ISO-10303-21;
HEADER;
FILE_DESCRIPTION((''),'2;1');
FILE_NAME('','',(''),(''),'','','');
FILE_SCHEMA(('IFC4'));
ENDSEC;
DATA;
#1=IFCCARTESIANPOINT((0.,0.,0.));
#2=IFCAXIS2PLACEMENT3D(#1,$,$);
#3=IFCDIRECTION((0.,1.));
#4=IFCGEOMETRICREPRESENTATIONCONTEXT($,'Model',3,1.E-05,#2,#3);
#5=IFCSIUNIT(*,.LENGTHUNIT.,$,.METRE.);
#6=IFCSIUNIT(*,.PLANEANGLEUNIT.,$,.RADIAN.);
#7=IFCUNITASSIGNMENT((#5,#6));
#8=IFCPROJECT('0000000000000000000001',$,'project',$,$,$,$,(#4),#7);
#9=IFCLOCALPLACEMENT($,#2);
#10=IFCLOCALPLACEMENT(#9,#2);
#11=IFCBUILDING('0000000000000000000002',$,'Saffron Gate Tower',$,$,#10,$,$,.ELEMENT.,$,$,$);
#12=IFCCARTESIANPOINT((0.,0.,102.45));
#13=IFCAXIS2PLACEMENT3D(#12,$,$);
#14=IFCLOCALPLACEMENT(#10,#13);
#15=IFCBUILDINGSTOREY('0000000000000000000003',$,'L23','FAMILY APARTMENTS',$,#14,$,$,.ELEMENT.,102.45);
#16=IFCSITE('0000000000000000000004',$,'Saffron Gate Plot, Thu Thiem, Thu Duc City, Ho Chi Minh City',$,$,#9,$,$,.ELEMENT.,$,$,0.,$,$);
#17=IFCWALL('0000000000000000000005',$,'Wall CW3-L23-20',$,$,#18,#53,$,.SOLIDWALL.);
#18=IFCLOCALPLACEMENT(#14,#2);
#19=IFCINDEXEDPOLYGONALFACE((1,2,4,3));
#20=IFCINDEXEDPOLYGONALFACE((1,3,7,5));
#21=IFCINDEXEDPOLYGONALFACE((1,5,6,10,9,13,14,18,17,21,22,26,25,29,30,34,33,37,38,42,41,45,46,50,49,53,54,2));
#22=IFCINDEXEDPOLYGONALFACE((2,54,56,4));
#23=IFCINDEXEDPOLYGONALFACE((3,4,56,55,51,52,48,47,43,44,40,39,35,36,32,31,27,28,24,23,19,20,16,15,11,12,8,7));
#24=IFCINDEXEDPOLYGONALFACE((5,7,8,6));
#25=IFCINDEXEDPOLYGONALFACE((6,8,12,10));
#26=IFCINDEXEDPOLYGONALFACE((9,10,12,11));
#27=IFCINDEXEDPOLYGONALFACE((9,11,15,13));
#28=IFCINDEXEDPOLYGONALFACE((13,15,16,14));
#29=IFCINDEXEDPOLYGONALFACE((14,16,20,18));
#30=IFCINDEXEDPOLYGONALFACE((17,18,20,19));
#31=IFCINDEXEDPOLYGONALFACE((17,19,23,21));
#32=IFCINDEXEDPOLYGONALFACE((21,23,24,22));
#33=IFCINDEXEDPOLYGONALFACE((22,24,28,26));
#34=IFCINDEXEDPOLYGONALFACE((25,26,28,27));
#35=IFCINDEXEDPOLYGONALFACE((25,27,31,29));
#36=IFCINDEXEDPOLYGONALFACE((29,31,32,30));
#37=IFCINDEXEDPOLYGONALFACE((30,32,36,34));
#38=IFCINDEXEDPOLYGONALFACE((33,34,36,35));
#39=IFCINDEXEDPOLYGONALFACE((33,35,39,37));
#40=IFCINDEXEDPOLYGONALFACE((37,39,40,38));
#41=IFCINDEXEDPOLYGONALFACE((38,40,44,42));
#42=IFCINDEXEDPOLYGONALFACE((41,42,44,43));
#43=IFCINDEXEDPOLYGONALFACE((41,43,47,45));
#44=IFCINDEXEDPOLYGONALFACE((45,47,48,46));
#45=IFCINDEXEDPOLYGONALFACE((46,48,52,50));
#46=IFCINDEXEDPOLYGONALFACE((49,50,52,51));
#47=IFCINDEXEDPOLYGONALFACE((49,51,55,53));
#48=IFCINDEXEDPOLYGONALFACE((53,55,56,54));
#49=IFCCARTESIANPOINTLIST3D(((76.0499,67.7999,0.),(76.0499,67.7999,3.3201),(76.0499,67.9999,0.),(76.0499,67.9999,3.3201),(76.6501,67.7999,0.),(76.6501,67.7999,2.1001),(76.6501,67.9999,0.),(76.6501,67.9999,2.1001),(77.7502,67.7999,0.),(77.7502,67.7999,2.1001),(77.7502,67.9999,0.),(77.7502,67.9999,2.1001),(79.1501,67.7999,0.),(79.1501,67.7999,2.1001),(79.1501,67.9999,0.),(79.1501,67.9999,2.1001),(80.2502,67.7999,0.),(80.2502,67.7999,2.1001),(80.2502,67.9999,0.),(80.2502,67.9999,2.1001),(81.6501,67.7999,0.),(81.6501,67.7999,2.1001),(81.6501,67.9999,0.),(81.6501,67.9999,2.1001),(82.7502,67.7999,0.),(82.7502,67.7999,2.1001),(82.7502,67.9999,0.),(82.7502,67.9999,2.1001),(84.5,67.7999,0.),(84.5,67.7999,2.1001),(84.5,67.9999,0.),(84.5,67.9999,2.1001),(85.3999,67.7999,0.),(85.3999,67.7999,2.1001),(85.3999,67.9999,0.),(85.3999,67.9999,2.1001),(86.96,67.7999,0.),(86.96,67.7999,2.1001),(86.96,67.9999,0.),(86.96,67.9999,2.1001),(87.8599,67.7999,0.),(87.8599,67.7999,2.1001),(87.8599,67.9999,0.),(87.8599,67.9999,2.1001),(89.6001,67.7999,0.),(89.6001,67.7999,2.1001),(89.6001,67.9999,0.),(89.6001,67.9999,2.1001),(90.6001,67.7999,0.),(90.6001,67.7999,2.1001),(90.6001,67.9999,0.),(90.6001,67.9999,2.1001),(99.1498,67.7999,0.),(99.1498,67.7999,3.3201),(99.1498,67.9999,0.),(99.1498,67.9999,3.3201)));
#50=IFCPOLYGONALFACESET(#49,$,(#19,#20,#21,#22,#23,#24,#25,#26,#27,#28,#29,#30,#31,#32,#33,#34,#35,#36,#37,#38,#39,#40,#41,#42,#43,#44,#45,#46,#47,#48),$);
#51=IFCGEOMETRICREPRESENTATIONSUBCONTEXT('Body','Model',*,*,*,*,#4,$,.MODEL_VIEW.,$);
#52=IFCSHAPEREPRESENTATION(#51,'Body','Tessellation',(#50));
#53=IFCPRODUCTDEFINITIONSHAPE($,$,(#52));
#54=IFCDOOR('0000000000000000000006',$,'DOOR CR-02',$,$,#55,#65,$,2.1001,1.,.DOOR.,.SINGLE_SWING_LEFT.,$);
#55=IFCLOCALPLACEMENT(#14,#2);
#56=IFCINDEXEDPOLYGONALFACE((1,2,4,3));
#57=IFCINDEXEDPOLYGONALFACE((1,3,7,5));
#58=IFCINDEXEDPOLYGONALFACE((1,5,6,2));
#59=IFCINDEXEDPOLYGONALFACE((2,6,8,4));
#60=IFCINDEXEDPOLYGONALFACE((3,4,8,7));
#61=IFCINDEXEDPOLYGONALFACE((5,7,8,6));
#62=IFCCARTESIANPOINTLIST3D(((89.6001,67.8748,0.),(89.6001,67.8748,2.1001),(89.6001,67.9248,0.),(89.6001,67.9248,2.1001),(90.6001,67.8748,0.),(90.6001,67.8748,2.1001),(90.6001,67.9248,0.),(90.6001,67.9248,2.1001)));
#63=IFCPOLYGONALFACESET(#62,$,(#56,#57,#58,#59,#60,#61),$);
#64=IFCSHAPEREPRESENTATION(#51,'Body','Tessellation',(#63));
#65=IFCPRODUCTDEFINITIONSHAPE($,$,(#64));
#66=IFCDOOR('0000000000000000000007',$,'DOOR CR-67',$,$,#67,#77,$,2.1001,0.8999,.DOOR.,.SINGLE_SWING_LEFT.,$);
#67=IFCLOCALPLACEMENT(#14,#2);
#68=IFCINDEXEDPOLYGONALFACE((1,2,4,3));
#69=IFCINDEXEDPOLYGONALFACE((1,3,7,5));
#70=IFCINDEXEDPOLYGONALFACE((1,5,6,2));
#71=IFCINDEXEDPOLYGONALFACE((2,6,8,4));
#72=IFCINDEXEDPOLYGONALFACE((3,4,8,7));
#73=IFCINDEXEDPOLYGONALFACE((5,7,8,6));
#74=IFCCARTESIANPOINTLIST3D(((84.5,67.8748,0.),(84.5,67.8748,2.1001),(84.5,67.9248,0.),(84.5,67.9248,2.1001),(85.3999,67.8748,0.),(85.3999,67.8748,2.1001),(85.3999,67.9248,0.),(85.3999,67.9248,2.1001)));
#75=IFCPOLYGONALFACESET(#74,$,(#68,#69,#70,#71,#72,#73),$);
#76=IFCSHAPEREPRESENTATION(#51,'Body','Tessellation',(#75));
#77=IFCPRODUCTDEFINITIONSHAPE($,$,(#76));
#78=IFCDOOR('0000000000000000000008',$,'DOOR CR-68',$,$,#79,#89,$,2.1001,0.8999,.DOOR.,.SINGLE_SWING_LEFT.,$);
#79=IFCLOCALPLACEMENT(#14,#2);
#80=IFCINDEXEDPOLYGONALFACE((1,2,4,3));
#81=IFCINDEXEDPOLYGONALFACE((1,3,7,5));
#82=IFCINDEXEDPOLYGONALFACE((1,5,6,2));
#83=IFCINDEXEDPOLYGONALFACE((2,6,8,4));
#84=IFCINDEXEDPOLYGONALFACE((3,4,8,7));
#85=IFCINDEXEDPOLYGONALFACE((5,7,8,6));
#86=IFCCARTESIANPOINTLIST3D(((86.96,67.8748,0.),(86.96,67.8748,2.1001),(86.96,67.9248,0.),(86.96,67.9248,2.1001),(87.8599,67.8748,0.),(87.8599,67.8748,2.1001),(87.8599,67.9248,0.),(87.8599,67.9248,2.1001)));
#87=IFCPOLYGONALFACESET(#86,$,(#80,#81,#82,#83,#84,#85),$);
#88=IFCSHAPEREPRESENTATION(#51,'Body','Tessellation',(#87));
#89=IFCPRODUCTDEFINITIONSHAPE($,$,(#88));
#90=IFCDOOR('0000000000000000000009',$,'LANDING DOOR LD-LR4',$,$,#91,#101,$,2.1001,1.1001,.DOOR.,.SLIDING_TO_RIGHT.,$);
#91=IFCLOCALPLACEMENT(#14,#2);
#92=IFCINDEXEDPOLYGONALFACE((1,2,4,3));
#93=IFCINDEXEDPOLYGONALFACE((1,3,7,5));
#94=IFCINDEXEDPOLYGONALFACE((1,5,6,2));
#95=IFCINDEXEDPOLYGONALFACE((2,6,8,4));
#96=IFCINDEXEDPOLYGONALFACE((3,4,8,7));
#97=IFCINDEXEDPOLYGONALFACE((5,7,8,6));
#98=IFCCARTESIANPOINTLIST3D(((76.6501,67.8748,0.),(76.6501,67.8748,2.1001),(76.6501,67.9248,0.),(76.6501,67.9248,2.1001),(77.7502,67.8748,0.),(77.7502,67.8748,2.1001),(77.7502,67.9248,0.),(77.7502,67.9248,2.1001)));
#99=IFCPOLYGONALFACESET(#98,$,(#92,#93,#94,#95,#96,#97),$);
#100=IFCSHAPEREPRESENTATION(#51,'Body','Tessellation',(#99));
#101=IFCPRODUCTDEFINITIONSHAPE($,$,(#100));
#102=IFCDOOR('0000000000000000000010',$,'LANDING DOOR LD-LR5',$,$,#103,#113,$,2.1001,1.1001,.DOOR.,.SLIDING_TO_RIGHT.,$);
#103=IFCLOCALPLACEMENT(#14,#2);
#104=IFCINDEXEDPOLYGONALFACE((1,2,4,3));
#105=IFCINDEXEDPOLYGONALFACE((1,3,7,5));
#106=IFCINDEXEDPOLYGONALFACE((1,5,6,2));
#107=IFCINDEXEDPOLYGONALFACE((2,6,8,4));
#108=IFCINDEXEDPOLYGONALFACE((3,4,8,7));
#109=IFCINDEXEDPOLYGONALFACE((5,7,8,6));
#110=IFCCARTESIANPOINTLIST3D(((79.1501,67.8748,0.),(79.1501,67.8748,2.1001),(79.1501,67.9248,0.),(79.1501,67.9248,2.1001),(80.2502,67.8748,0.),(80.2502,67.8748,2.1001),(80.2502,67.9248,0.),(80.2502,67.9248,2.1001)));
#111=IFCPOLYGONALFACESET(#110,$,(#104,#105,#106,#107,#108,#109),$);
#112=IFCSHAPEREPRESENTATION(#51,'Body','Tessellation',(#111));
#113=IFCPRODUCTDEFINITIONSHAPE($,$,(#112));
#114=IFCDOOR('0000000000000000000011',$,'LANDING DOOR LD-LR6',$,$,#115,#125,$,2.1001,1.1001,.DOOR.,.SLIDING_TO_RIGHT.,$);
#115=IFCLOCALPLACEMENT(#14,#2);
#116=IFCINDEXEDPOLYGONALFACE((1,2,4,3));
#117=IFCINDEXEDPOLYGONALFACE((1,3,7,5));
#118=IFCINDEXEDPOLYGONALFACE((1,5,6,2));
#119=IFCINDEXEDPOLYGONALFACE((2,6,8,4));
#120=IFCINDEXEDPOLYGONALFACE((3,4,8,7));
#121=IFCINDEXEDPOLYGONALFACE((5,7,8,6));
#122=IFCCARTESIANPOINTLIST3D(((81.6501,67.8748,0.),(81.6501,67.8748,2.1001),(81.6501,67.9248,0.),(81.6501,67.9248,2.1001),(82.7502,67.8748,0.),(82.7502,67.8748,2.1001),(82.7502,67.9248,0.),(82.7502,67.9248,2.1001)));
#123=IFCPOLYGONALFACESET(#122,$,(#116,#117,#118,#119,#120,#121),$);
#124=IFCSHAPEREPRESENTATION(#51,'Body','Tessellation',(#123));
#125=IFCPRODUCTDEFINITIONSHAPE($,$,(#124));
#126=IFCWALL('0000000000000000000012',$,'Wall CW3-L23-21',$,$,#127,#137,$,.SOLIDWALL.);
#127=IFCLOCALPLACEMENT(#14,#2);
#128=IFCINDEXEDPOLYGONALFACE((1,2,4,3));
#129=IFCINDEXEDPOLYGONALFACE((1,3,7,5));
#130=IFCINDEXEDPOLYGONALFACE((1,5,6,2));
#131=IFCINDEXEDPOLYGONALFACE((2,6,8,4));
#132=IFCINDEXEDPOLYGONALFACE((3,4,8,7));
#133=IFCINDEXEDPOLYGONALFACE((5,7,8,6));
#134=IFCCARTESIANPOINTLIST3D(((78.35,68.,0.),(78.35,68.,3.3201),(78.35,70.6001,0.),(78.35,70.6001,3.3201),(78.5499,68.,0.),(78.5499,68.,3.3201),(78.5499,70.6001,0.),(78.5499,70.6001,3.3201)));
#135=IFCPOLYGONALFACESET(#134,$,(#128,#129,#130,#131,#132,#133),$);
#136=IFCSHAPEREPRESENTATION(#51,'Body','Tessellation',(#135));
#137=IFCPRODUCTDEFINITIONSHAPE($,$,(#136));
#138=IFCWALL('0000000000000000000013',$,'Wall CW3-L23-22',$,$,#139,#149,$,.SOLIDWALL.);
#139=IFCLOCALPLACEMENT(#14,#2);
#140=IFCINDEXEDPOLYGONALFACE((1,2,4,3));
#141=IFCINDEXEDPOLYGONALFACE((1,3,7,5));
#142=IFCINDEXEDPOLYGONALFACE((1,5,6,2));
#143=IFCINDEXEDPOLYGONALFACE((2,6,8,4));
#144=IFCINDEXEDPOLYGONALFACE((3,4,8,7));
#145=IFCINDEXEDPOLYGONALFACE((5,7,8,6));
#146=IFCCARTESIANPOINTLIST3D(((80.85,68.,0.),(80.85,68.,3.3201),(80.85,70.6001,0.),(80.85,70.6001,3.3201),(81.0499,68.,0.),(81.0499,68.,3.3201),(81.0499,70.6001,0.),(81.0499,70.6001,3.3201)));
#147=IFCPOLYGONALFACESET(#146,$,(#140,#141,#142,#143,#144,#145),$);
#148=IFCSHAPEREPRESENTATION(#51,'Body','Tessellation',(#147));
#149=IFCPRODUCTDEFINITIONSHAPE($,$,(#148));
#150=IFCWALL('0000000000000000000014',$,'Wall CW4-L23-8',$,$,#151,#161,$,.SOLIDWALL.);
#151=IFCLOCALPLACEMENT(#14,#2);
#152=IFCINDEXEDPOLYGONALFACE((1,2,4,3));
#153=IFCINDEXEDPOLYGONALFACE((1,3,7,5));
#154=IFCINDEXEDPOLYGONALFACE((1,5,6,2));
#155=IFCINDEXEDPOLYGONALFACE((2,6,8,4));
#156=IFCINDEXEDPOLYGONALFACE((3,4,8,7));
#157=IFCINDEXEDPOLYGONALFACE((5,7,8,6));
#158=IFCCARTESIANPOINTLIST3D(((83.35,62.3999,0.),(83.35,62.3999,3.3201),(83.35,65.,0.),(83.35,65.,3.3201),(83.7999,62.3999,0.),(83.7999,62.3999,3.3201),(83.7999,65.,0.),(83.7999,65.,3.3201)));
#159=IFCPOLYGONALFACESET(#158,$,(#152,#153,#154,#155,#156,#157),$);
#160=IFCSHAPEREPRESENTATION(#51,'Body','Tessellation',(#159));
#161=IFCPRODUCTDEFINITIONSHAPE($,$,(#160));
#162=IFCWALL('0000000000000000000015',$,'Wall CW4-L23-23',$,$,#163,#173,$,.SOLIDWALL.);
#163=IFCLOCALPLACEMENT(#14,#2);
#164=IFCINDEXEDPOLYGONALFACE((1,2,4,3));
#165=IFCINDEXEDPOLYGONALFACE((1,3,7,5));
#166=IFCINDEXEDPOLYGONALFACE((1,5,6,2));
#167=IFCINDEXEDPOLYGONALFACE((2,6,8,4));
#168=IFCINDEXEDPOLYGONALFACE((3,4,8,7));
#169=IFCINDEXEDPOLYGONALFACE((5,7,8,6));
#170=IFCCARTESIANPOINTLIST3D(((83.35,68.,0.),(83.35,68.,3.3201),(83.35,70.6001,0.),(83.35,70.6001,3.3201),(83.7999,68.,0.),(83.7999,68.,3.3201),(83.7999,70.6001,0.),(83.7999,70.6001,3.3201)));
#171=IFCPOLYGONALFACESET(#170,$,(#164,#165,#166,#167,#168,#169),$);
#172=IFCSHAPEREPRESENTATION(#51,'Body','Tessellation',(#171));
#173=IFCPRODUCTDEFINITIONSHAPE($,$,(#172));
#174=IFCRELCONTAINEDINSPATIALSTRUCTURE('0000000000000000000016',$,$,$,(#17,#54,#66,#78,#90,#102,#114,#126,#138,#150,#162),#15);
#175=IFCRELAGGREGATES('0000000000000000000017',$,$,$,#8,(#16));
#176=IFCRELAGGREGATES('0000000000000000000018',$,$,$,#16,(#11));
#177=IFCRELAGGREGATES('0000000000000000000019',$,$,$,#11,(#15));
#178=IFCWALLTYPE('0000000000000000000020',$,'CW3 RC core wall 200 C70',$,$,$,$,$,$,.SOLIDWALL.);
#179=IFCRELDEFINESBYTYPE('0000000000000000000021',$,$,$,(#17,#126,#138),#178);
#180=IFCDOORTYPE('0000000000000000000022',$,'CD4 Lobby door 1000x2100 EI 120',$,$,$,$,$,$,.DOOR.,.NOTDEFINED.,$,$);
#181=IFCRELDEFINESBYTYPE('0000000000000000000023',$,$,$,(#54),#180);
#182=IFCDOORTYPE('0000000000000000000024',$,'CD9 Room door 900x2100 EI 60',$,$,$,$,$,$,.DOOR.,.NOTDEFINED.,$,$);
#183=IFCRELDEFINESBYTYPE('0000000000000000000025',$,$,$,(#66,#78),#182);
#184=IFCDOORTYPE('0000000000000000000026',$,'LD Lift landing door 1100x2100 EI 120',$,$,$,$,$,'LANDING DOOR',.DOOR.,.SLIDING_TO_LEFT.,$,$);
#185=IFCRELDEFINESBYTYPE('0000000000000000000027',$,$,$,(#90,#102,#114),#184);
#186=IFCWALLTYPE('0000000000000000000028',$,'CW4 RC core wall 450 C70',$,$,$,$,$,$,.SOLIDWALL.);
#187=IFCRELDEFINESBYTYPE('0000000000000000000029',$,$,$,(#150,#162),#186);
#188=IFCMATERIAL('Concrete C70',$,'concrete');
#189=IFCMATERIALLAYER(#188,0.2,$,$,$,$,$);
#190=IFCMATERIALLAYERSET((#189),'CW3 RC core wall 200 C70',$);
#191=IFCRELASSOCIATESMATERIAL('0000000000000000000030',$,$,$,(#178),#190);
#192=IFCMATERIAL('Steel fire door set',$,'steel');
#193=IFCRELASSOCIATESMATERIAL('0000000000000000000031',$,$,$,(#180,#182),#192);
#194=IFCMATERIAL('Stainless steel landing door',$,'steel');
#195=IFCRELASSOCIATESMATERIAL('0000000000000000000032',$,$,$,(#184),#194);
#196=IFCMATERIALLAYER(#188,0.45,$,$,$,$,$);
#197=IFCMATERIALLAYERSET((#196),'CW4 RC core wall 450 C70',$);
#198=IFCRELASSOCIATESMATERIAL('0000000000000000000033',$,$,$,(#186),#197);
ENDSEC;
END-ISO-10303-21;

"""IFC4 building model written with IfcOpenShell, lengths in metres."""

from ifc_helpers import new_model, si_unit, direction, frame, frame_2d, origin, place, context, subcontext, project, spatial, rectangle, extrude, material, layer, layer_set, type_object, element, fill, save


model = new_model("IFC4")

# Units and contexts
model_context = context("Model", 3, precision=1e-05, world=origin(), true_north=direction((0.0, 1.0)))
body_context = subcontext(model_context, "Body", "Model", "MODEL_VIEW")
ifc_project = project(units=[si_unit("LENGTHUNIT", "METRE"), si_unit("PLANEANGLEUNIT", "RADIAN")], contexts=[model_context])

# Site, building, storey
site_placement = place(None, origin())
site = spatial("IfcSite", under=ifc_project, at=site_placement, Name="Saffron Gate Plot, Thu Thiem, Thu Duc City, Ho Chi Minh City", CompositionType="ELEMENT", RefElevation=0.0)
building_placement = place(site_placement, origin())
building = spatial("IfcBuilding", under=site, at=building_placement, Name="Saffron Gate Tower", CompositionType="ELEMENT")
storey_placement = place(building_placement, frame((0.0, 0.0, 102.45)))
storey = spatial("IfcBuildingStorey", under=building, at=storey_placement, Name="L23", Description="FAMILY APARTMENTS", CompositionType="ELEMENT", Elevation=102.45)

# Shared definitions
ifc_material_1 = material(Name="Concrete C70", Category="concrete")

# Shared definitions
ifc_material_2 = material(Name="Steel fire door set", Category="steel")

# Shared definitions
ifc_layer_1 = layer(ifc_material_1, 0.2)
ifc_layer_set_1 = layer_set([ifc_layer_1], Name="CW3 RC core wall 200 C70")
wall_type_1 = type_object("IfcWallType", Name="CW3 RC core wall 200 C70", PredefinedType="SOLIDWALL", material=ifc_layer_set_1)

# Wall, openings, doors
wall_1_placement = place(storey_placement, frame((76.05, 67.8999, 0.0), z_axis=(0.0, 0.0, 1.0), x_axis=(1.0, 0.0, 0.0)))
wall_1 = element("IfcWall", 1, at=wall_1_placement, inside=storey, type_object=wall_type_1, Name="Wall CW3-L23-20", PredefinedType="SOLIDWALL", context=body_context, shape_type="SweptSolid", body=[
    extrude(rectangle(XDim=23.0999, YDim=0.2, at=frame_2d((11.5498, 0.0))), origin(), (0.0, 0.0, 1.0), 3.3201),
])
opening_1_placement = place(wall_1_placement, frame((0.6001, 0.0, 0.0)))
opening_1 = element("IfcOpeningElement", 2, at=opening_1_placement, cuts=wall_1, PredefinedType="OPENING", context=body_context, shape_type="SweptSolid", body=[
    extrude(rectangle(XDim=1.1001, YDim=2.1001, at=frame_2d((0.55, 1.05))), frame((0.0, 0.1099, 0.0), z_axis=(0.0, -1.0, 0.0), x_axis=(1.0, 0.0, 0.0)), (0.0, 0.0, 1.0), 0.22),
])
opening_2_placement = place(wall_1_placement, frame((3.1001, 0.0, 0.0)))
opening_2 = element("IfcOpeningElement", 3, at=opening_2_placement, cuts=wall_1, PredefinedType="OPENING", context=body_context, shape_type="SweptSolid", body=[
    extrude(rectangle(XDim=1.1001, YDim=2.1001, at=frame_2d((0.55, 1.05))), frame((0.0, 0.1099, 0.0), z_axis=(0.0, -1.0, 0.0), x_axis=(1.0, 0.0, 0.0)), (0.0, 0.0, 1.0), 0.22),
])
opening_3_placement = place(wall_1_placement, frame((5.6001, 0.0, 0.0)))
opening_3 = element("IfcOpeningElement", 4, at=opening_3_placement, cuts=wall_1, PredefinedType="OPENING", context=body_context, shape_type="SweptSolid", body=[
    extrude(rectangle(XDim=1.1001, YDim=2.1001, at=frame_2d((0.55, 1.05))), frame((0.0, 0.1099, 0.0), z_axis=(0.0, -1.0, 0.0), x_axis=(1.0, 0.0, 0.0)), (0.0, 0.0, 1.0), 0.22),
])
opening_4_placement = place(wall_1_placement, frame((8.45, 0.0, 0.0)))
opening_4 = element("IfcOpeningElement", 5, at=opening_4_placement, cuts=wall_1, PredefinedType="OPENING", context=body_context, shape_type="SweptSolid", body=[
    extrude(rectangle(XDim=0.8999, YDim=2.1001, at=frame_2d((0.45, 1.05))), frame((0.0, 0.1099, 0.0), z_axis=(0.0, -1.0, 0.0), x_axis=(1.0, 0.0, 0.0)), (0.0, 0.0, 1.0), 0.22),
])
opening_5_placement = place(wall_1_placement, frame((10.9099, 0.0, 0.0)))
opening_5 = element("IfcOpeningElement", 6, at=opening_5_placement, cuts=wall_1, PredefinedType="OPENING", context=body_context, shape_type="SweptSolid", body=[
    extrude(rectangle(XDim=0.8999, YDim=2.1001, at=frame_2d((0.45, 1.05))), frame((0.0, 0.1099, 0.0), z_axis=(0.0, -1.0, 0.0), x_axis=(1.0, 0.0, 0.0)), (0.0, 0.0, 1.0), 0.22),
])
opening_6_placement = place(wall_1_placement, frame((13.55, 0.0, 0.0)))
opening_6 = element("IfcOpeningElement", 7, at=opening_6_placement, cuts=wall_1, PredefinedType="OPENING", context=body_context, shape_type="SweptSolid", body=[
    extrude(rectangle(XDim=1.0, YDim=2.1001, at=frame_2d((0.5, 1.05))), frame((0.0, 0.1099, 0.0), z_axis=(0.0, -1.0, 0.0), x_axis=(1.0, 0.0, 0.0)), (0.0, 0.0, 1.0), 0.22),
])
door_type_1 = type_object("IfcDoorType", Name="CD4 Lobby door 1000x2100 EI 120", OperationType="NOTDEFINED", PredefinedType="DOOR", material=ifc_material_2)
door_1_placement = place(opening_6_placement, origin())
door_1 = element("IfcDoor", 8, at=door_1_placement, inside=storey, type_object=door_type_1, Name="DOOR CR-02", OperationType="SINGLE_SWING_LEFT", OverallHeight=2.1001, OverallWidth=1.0, PredefinedType="DOOR", context=body_context, shape_type="SweptSolid", body=[
    extrude(rectangle(XDim=1.0, YDim=2.1001, at=frame_2d((0.5, 1.05))), frame((0.0, 0.0249, 0.0), z_axis=(0.0, -1.0, 0.0), x_axis=(1.0, 0.0, 0.0)), (0.0, 0.0, 1.0), 0.05),
])
fill(opening_6, door_1)
door_type_2 = type_object("IfcDoorType", Name="CD9 Room door 900x2100 EI 60", OperationType="NOTDEFINED", PredefinedType="DOOR", material=ifc_material_2)
door_2_placement = place(opening_4_placement, origin())
door_2 = element("IfcDoor", 9, at=door_2_placement, inside=storey, type_object=door_type_2, Name="DOOR CR-67", OperationType="SINGLE_SWING_LEFT", OverallHeight=2.1001, OverallWidth=0.8999, PredefinedType="DOOR", context=body_context, shape_type="SweptSolid", body=[
    extrude(rectangle(XDim=0.8999, YDim=2.1001, at=frame_2d((0.45, 1.05))), frame((0.0, 0.0249, 0.0), z_axis=(0.0, -1.0, 0.0), x_axis=(1.0, 0.0, 0.0)), (0.0, 0.0, 1.0), 0.05),
])
fill(opening_4, door_2)
door_3_placement = place(opening_5_placement, origin())
door_3 = element("IfcDoor", 10, at=door_3_placement, inside=storey, type_object=door_type_2, Name="DOOR CR-68", OperationType="SINGLE_SWING_LEFT", OverallHeight=2.1001, OverallWidth=0.8999, PredefinedType="DOOR", context=body_context, shape_type="SweptSolid", body=[
    extrude(rectangle(XDim=0.8999, YDim=2.1001, at=frame_2d((0.45, 1.05))), frame((0.0, 0.0249, 0.0), z_axis=(0.0, -1.0, 0.0), x_axis=(1.0, 0.0, 0.0)), (0.0, 0.0, 1.0), 0.05),
])
fill(opening_5, door_3)
ifc_material_3 = material(Name="Stainless steel landing door", Category="steel")
door_type_3 = type_object("IfcDoorType", Name="LD Lift landing door 1100x2100 EI 120", ElementType="LANDING DOOR", OperationType="SLIDING_TO_LEFT", PredefinedType="DOOR", material=ifc_material_3)
door_4_placement = place(opening_1_placement, origin())
door_4 = element("IfcDoor", 11, at=door_4_placement, inside=storey, type_object=door_type_3, Name="LANDING DOOR LD-LR4", OperationType="SLIDING_TO_RIGHT", OverallHeight=2.1001, OverallWidth=1.1001, PredefinedType="DOOR", context=body_context, shape_type="SweptSolid", body=[
    extrude(rectangle(XDim=1.1001, YDim=2.1001, at=frame_2d((0.55, 1.05))), frame((0.0, 0.0249, 0.0), z_axis=(0.0, -1.0, 0.0), x_axis=(1.0, 0.0, 0.0)), (0.0, 0.0, 1.0), 0.05),
])
fill(opening_1, door_4)
door_5_placement = place(opening_2_placement, origin())
door_5 = element("IfcDoor", 12, at=door_5_placement, inside=storey, type_object=door_type_3, Name="LANDING DOOR LD-LR5", OperationType="SLIDING_TO_RIGHT", OverallHeight=2.1001, OverallWidth=1.1001, PredefinedType="DOOR", context=body_context, shape_type="SweptSolid", body=[
    extrude(rectangle(XDim=1.1001, YDim=2.1001, at=frame_2d((0.55, 1.05))), frame((0.0, 0.0249, 0.0), z_axis=(0.0, -1.0, 0.0), x_axis=(1.0, 0.0, 0.0)), (0.0, 0.0, 1.0), 0.05),
])
fill(opening_2, door_5)
door_6_placement = place(opening_3_placement, origin())
door_6 = element("IfcDoor", 13, at=door_6_placement, inside=storey, type_object=door_type_3, Name="LANDING DOOR LD-LR6", OperationType="SLIDING_TO_RIGHT", OverallHeight=2.1001, OverallWidth=1.1001, PredefinedType="DOOR", context=body_context, shape_type="SweptSolid", body=[
    extrude(rectangle(XDim=1.1001, YDim=2.1001, at=frame_2d((0.55, 1.05))), frame((0.0, 0.0249, 0.0), z_axis=(0.0, -1.0, 0.0), x_axis=(1.0, 0.0, 0.0)), (0.0, 0.0, 1.0), 0.05),
])
fill(opening_3, door_6)

# Walls
for number, where, z_axis, x_axis, name in (
    (14, (78.45, 68.0, 0.0), (0.0, 0.0, 1.0), (0.0, 1.0, 0.0), "Wall CW3-L23-21"),
    (15, (80.95, 68.0, 0.0), (0.0, 0.0, 1.0), (0.0, 1.0, 0.0), "Wall CW3-L23-22"),
):
    element("IfcWall", number, at=place(storey_placement, frame(where, z_axis=z_axis, x_axis=x_axis)), inside=storey, type_object=wall_type_1, Name=name, PredefinedType="SOLIDWALL", context=body_context, shape_type="SweptSolid", body=[
        extrude(rectangle(XDim=2.6001, YDim=0.2, at=frame_2d((1.3, 0.0))), origin(), (0.0, 0.0, 1.0), 3.3201),
    ])
ifc_layer_2 = layer(ifc_material_1, 0.45)
ifc_layer_set_2 = layer_set([ifc_layer_2], Name="CW4 RC core wall 450 C70")
wall_type_2 = type_object("IfcWallType", Name="CW4 RC core wall 450 C70", PredefinedType="SOLIDWALL", material=ifc_layer_set_2)
for number, where, z_axis, x_axis, name in (
    (16, (83.575, 62.3999, 0.0), (0.0, 0.0, 1.0), (0.0, 1.0, 0.0), "Wall CW4-L23-8"),
    (17, (83.575, 68.0, 0.0), (0.0, 0.0, 1.0), (0.0, 1.0, 0.0), "Wall CW4-L23-23"),
):
    element("IfcWall", number, at=place(storey_placement, frame(where, z_axis=z_axis, x_axis=x_axis)), inside=storey, type_object=wall_type_2, Name=name, PredefinedType="SOLIDWALL", context=body_context, shape_type="SweptSolid", body=[
        extrude(rectangle(XDim=2.6001, YDim=0.45, at=frame_2d((1.3, 0.0))), origin(), (0.0, 0.0, 1.0), 3.3201),
    ])

save(model, "model.ifc")
